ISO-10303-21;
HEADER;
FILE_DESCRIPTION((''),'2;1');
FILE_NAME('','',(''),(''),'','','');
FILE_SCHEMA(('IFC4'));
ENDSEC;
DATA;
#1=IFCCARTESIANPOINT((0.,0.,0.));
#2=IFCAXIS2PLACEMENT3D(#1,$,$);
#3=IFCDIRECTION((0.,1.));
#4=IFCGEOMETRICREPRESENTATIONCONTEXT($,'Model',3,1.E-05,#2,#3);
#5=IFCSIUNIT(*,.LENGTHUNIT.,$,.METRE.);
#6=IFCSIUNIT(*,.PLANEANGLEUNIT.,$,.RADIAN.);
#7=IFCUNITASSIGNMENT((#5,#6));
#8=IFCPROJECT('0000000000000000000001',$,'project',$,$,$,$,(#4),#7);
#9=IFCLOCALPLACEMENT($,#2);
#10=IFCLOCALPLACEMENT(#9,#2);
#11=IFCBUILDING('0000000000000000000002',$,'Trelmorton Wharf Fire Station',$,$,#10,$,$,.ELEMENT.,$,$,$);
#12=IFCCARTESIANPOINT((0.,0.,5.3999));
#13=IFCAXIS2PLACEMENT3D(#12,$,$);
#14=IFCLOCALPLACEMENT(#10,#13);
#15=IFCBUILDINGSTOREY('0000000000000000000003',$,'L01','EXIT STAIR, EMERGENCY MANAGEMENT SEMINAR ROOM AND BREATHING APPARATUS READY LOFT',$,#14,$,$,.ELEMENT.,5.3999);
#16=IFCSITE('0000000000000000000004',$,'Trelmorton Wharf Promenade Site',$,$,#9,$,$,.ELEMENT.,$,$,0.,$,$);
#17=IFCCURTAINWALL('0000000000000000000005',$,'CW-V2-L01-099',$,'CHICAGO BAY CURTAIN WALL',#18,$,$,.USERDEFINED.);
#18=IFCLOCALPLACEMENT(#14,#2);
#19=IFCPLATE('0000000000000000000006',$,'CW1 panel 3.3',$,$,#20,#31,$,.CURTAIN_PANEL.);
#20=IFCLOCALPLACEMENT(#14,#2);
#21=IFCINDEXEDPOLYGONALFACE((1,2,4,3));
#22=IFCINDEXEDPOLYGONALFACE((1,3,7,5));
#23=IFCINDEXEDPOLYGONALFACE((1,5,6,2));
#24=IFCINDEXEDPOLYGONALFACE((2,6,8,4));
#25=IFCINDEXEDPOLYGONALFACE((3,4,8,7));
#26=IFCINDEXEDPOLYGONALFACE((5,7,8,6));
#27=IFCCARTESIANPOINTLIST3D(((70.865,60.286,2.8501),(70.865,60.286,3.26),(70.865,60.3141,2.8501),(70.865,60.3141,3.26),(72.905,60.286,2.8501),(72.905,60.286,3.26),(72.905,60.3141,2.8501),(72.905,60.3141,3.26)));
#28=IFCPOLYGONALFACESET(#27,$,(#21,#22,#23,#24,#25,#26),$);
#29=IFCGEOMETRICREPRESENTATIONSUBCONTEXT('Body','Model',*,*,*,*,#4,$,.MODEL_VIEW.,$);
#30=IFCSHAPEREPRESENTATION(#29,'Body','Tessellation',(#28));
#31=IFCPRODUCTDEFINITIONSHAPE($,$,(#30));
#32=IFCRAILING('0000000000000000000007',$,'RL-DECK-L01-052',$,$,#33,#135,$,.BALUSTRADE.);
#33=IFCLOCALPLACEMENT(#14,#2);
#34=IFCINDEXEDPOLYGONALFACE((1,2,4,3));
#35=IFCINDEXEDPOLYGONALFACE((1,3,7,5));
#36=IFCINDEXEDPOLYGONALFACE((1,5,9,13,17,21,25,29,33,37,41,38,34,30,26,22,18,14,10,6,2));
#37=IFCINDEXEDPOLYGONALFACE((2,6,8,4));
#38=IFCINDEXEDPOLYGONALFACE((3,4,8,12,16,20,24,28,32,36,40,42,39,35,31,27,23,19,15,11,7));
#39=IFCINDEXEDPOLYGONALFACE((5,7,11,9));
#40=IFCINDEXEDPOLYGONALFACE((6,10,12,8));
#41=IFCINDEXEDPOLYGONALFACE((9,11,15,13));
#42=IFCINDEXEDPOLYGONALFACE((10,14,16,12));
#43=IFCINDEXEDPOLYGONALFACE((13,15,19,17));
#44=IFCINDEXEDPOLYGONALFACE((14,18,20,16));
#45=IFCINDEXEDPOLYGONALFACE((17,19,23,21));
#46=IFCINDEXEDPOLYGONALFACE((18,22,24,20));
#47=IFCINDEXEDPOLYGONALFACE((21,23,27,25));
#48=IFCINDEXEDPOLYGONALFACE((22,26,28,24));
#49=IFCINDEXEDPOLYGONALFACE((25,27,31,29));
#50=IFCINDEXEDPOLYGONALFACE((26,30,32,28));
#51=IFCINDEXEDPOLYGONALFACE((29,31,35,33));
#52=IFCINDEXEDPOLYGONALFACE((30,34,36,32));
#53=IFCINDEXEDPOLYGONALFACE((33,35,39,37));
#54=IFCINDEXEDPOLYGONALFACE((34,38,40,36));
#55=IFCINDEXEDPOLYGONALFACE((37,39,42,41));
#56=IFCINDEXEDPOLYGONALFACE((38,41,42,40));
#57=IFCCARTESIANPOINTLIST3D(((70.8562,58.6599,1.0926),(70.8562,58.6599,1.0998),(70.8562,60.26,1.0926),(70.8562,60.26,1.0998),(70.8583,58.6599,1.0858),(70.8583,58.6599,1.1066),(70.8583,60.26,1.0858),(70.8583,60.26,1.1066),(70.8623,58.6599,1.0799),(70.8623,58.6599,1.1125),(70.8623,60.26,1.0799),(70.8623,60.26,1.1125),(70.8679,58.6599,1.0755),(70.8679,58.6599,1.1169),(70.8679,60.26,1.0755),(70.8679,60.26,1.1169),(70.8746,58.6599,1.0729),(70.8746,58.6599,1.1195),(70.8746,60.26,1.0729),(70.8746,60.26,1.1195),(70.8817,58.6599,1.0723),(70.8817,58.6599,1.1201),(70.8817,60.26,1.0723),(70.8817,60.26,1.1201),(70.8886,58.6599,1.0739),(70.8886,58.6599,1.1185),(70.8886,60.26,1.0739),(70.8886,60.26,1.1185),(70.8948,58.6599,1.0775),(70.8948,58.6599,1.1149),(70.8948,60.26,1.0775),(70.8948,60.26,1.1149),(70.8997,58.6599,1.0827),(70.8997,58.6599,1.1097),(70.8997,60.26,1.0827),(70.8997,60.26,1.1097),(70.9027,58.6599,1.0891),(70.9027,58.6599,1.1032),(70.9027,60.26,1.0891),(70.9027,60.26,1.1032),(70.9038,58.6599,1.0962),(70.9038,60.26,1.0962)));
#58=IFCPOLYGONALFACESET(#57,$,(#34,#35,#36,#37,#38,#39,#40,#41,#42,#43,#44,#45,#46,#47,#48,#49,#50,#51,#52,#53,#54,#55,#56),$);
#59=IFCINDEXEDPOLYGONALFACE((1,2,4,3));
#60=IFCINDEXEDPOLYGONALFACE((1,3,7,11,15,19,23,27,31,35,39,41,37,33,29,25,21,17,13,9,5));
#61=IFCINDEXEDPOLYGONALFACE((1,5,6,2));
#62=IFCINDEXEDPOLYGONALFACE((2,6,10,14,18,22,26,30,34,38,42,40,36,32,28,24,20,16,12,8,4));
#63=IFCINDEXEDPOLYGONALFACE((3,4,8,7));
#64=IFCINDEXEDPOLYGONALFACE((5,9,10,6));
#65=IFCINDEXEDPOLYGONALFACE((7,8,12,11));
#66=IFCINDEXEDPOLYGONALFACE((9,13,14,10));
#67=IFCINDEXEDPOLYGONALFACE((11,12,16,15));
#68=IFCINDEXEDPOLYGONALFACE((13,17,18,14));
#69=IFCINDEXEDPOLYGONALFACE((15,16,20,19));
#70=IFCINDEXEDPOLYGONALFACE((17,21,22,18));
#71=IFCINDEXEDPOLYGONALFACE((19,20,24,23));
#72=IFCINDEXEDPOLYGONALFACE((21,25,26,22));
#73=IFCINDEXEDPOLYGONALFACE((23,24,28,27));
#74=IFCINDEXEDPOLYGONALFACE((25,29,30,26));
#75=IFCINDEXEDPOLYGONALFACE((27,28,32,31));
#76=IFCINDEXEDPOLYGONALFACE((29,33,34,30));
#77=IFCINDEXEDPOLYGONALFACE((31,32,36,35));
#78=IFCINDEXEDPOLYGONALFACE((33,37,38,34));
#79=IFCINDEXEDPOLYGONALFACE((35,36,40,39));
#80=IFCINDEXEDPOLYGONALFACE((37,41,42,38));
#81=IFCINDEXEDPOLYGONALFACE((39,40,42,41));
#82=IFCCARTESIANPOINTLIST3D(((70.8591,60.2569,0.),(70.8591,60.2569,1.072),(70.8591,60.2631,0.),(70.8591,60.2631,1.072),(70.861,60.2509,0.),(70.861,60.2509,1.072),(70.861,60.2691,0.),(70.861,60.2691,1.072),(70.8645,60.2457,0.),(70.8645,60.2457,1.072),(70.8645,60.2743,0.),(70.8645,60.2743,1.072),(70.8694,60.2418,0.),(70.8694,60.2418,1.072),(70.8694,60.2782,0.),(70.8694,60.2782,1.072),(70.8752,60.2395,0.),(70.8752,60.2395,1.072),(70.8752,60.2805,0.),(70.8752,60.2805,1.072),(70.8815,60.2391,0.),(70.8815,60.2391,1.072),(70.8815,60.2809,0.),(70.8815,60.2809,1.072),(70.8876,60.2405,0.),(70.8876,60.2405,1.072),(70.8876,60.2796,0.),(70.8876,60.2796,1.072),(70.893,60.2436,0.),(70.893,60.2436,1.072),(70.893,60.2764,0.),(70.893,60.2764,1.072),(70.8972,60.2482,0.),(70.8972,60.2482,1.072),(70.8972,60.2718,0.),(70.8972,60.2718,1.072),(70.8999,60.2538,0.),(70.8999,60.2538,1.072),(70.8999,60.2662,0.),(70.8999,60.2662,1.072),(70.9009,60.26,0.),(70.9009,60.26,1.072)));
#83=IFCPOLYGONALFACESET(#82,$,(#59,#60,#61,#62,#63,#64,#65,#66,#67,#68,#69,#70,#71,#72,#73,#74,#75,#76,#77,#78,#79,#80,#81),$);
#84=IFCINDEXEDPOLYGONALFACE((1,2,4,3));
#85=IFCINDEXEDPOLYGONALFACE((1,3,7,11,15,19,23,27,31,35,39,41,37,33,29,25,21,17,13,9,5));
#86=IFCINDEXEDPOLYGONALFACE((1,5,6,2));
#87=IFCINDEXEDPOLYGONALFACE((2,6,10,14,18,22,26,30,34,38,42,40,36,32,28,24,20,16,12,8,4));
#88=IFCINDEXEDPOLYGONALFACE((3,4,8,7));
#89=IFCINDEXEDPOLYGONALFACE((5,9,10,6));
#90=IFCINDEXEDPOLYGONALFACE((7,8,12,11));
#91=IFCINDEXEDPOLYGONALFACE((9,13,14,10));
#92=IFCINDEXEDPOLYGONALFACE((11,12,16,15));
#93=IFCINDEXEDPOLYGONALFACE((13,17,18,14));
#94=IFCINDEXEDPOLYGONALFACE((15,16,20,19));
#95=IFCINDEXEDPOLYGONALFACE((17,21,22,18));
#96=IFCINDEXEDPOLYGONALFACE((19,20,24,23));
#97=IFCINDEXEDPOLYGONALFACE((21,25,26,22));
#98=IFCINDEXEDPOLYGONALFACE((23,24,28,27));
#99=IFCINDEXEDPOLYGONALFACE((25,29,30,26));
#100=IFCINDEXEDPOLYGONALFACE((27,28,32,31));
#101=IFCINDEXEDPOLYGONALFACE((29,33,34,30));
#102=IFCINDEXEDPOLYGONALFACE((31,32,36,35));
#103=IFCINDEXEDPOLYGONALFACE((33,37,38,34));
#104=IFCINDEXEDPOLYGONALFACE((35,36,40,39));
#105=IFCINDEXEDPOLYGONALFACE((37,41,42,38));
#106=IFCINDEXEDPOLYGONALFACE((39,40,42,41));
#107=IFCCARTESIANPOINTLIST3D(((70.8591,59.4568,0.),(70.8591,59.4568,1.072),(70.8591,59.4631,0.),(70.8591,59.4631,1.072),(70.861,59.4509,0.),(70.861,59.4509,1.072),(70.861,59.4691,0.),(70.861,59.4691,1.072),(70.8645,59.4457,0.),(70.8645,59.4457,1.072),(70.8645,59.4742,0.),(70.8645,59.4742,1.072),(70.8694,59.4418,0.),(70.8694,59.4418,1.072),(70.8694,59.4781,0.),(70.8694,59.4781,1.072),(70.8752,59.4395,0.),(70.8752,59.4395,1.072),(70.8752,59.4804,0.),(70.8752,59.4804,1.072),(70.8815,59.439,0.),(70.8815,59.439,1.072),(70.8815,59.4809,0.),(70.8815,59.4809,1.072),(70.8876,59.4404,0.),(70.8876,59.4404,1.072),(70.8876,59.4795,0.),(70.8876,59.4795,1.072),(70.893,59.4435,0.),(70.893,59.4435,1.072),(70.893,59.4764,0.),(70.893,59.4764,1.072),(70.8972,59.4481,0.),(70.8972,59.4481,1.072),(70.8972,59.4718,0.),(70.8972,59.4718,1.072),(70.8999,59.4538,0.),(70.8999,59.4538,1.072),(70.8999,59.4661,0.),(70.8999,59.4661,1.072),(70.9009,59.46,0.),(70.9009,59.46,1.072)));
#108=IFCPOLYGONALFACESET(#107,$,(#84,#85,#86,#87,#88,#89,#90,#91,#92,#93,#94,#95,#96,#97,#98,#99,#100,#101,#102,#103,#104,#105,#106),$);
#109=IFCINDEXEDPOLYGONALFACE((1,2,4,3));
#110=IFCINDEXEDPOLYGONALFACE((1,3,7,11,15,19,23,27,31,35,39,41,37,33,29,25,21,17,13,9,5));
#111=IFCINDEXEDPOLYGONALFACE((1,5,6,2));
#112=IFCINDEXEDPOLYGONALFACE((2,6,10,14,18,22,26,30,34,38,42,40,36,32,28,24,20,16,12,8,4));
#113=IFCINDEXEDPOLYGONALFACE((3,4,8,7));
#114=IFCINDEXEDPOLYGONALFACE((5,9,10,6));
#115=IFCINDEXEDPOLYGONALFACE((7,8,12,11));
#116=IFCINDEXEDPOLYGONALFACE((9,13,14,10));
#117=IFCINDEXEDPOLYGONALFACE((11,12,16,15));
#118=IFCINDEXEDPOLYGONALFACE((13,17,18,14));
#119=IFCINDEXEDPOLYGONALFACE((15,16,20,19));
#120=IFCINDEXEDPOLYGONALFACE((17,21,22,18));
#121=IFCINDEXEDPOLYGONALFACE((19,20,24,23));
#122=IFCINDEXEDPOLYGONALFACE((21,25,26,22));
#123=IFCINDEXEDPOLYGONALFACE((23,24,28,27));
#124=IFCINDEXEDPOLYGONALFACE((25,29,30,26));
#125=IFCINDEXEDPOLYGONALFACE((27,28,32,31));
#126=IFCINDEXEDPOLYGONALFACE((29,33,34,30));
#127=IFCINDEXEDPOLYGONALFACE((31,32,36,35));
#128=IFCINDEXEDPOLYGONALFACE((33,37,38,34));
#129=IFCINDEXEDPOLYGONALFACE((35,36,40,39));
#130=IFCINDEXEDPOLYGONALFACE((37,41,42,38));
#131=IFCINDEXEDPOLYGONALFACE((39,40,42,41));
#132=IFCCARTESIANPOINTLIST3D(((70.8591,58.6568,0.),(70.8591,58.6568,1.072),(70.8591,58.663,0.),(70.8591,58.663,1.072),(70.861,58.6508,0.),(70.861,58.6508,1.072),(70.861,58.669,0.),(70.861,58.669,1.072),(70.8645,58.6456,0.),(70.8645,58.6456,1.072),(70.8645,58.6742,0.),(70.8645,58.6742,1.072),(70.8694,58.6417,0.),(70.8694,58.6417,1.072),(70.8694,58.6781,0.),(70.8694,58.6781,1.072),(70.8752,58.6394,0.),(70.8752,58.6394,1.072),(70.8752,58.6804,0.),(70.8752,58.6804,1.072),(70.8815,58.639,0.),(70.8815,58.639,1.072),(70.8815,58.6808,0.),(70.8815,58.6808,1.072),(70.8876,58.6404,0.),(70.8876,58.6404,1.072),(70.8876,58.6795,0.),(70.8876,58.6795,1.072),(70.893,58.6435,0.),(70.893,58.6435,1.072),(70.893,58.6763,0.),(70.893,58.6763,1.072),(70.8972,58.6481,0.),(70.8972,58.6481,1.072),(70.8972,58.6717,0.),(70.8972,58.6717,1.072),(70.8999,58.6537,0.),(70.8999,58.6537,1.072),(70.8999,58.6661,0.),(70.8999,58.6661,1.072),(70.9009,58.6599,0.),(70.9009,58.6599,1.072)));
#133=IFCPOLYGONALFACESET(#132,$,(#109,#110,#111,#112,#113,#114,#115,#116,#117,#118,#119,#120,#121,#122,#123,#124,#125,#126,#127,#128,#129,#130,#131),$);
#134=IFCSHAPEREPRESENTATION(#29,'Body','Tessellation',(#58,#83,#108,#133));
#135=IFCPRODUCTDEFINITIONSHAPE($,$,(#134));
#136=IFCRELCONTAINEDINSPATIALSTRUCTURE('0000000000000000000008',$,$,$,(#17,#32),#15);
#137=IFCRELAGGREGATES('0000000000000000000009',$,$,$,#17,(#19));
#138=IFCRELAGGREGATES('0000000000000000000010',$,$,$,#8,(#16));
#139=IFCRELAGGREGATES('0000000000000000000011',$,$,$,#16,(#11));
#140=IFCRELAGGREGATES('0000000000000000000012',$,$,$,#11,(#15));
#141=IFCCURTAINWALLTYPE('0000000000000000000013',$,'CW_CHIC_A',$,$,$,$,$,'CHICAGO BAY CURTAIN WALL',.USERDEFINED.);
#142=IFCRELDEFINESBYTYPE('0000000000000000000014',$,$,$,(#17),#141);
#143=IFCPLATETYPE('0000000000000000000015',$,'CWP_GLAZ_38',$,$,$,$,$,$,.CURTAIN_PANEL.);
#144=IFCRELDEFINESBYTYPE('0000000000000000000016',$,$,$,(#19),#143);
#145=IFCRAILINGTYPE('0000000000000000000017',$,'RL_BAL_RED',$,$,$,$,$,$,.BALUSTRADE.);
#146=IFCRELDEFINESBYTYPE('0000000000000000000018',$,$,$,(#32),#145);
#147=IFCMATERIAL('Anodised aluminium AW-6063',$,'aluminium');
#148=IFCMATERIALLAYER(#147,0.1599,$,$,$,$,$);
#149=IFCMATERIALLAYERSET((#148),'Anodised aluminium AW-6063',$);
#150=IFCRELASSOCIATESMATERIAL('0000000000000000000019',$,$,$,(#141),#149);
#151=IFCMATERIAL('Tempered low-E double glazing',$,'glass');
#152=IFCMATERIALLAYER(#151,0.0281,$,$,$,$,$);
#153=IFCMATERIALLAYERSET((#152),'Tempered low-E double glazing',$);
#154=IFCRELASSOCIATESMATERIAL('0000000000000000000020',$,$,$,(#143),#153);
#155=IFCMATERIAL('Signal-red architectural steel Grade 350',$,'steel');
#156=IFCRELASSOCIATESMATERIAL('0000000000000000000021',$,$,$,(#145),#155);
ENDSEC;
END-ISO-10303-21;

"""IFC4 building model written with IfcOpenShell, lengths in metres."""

from ifc_helpers import new_model, si_unit, direction, frame, origin, origin_2d, place, context, subcontext, project, spatial, rectangle, circle, extrude, material, layer, layer_set, type_object, element, aggregate, save


model = new_model("IFC4")

# Units and contexts
model_context = context("Model", 3, precision=1e-05, world=origin(), true_north=direction((0.0, 1.0)))
body_context = subcontext(model_context, "Body", "Model", "MODEL_VIEW")
ifc_project = project(units=[si_unit("LENGTHUNIT", "METRE"), si_unit("PLANEANGLEUNIT", "RADIAN")], contexts=[model_context])

# Site, building, storey
site_placement = place(None, origin())
site = spatial("IfcSite", under=ifc_project, at=site_placement, Name="Trelmorton Wharf Promenade Site", CompositionType="ELEMENT", RefElevation=0.0)
building_placement = place(site_placement, origin())
building = spatial("IfcBuilding", under=site, at=building_placement, Name="Trelmorton Wharf Fire Station", CompositionType="ELEMENT")
storey_placement = place(building_placement, frame((0.0, 0.0, 5.3999)))
storey = spatial("IfcBuildingStorey", under=building, at=storey_placement, Name="L01", Description="EXIT STAIR, EMERGENCY MANAGEMENT SEMINAR ROOM AND BREATHING APPARATUS READY LOFT", CompositionType="ELEMENT", Elevation=5.3999)

# Shared definitions
ifc_material_1 = material(Name="Signal-red architectural steel Grade 350", Category="steel")

# Curtain wall
ifc_material_2 = material(Name="Anodised aluminium AW-6063", Category="aluminium")
ifc_layer_1 = layer(ifc_material_2, 0.1599)
ifc_layer_set_1 = layer_set([ifc_layer_1], Name="Anodised aluminium AW-6063")
curtain_wall_type = type_object("IfcCurtainWallType", Name="CW_CHIC_A", ElementType="CHICAGO BAY CURTAIN WALL", PredefinedType="USERDEFINED", material=ifc_layer_set_1)
curtain_wall_placement = place(storey_placement, origin())
curtain_wall = element("IfcCurtainWall", 1, at=curtain_wall_placement, inside=storey, type_object=curtain_wall_type, Name="CW-V2-L01-099", ObjectType="CHICAGO BAY CURTAIN WALL", PredefinedType="USERDEFINED")

# Plate
ifc_material_3 = material(Name="Tempered low-E double glazing", Category="glass")
ifc_layer_2 = layer(ifc_material_3, 0.0281)
ifc_layer_set_2 = layer_set([ifc_layer_2], Name="Tempered low-E double glazing")
plate_type = type_object("IfcPlateType", Name="CWP_GLAZ_38", PredefinedType="CURTAIN_PANEL", material=ifc_layer_set_2)
plate_1_placement = place(storey_placement, frame((71.885, 60.3, 2.8501), z_axis=(0.0, 0.0, 1.0), x_axis=(-1.0, 0.0, 0.0)))
plate_1 = element("IfcPlate", 2, at=plate_1_placement, type_object=plate_type, Name="CW1 panel 3.3", PredefinedType="CURTAIN_PANEL", context=body_context, shape_type="SweptSolid", body=[
    extrude(rectangle(XDim=2.04, YDim=0.0281, at=origin_2d()), origin(), (0.0, 0.0, 1.0), 0.4099),
])
aggregate(curtain_wall, [plate_1])

# Railing
railing_type = type_object("IfcRailingType", Name="RL_BAL_RED", PredefinedType="BALUSTRADE", material=ifc_material_1)
railing_1_placement = place(storey_placement, frame((70.8799, 60.26, 0.0)))
element("IfcRailing", 3, at=railing_1_placement, inside=storey, type_object=railing_type, Name="RL-DECK-L01-052", PredefinedType="BALUSTRADE", context=body_context, shape_type="SweptSolid", body=[
    extrude(circle(Radius=0.0239, at=origin_2d()), frame((0.0, 0.0, 1.0962), z_axis=(0.0, -1.0, 0.0), x_axis=(1.0, 0.0, 0.0)), (0.0, 0.0, 1.0), 1.6001),
    extrude(circle(Radius=0.021, at=origin_2d()), origin(), (0.0, 0.0, 1.0), 1.072),
    extrude(circle(Radius=0.021, at=origin_2d()), frame((0.0, -0.8, 0.0)), (0.0, 0.0, 1.0), 1.072),
    extrude(circle(Radius=0.021, at=origin_2d()), frame((0.0, -1.6001, 0.0)), (0.0, 0.0, 1.0), 1.072),
])

save(model, "model.ifc")
